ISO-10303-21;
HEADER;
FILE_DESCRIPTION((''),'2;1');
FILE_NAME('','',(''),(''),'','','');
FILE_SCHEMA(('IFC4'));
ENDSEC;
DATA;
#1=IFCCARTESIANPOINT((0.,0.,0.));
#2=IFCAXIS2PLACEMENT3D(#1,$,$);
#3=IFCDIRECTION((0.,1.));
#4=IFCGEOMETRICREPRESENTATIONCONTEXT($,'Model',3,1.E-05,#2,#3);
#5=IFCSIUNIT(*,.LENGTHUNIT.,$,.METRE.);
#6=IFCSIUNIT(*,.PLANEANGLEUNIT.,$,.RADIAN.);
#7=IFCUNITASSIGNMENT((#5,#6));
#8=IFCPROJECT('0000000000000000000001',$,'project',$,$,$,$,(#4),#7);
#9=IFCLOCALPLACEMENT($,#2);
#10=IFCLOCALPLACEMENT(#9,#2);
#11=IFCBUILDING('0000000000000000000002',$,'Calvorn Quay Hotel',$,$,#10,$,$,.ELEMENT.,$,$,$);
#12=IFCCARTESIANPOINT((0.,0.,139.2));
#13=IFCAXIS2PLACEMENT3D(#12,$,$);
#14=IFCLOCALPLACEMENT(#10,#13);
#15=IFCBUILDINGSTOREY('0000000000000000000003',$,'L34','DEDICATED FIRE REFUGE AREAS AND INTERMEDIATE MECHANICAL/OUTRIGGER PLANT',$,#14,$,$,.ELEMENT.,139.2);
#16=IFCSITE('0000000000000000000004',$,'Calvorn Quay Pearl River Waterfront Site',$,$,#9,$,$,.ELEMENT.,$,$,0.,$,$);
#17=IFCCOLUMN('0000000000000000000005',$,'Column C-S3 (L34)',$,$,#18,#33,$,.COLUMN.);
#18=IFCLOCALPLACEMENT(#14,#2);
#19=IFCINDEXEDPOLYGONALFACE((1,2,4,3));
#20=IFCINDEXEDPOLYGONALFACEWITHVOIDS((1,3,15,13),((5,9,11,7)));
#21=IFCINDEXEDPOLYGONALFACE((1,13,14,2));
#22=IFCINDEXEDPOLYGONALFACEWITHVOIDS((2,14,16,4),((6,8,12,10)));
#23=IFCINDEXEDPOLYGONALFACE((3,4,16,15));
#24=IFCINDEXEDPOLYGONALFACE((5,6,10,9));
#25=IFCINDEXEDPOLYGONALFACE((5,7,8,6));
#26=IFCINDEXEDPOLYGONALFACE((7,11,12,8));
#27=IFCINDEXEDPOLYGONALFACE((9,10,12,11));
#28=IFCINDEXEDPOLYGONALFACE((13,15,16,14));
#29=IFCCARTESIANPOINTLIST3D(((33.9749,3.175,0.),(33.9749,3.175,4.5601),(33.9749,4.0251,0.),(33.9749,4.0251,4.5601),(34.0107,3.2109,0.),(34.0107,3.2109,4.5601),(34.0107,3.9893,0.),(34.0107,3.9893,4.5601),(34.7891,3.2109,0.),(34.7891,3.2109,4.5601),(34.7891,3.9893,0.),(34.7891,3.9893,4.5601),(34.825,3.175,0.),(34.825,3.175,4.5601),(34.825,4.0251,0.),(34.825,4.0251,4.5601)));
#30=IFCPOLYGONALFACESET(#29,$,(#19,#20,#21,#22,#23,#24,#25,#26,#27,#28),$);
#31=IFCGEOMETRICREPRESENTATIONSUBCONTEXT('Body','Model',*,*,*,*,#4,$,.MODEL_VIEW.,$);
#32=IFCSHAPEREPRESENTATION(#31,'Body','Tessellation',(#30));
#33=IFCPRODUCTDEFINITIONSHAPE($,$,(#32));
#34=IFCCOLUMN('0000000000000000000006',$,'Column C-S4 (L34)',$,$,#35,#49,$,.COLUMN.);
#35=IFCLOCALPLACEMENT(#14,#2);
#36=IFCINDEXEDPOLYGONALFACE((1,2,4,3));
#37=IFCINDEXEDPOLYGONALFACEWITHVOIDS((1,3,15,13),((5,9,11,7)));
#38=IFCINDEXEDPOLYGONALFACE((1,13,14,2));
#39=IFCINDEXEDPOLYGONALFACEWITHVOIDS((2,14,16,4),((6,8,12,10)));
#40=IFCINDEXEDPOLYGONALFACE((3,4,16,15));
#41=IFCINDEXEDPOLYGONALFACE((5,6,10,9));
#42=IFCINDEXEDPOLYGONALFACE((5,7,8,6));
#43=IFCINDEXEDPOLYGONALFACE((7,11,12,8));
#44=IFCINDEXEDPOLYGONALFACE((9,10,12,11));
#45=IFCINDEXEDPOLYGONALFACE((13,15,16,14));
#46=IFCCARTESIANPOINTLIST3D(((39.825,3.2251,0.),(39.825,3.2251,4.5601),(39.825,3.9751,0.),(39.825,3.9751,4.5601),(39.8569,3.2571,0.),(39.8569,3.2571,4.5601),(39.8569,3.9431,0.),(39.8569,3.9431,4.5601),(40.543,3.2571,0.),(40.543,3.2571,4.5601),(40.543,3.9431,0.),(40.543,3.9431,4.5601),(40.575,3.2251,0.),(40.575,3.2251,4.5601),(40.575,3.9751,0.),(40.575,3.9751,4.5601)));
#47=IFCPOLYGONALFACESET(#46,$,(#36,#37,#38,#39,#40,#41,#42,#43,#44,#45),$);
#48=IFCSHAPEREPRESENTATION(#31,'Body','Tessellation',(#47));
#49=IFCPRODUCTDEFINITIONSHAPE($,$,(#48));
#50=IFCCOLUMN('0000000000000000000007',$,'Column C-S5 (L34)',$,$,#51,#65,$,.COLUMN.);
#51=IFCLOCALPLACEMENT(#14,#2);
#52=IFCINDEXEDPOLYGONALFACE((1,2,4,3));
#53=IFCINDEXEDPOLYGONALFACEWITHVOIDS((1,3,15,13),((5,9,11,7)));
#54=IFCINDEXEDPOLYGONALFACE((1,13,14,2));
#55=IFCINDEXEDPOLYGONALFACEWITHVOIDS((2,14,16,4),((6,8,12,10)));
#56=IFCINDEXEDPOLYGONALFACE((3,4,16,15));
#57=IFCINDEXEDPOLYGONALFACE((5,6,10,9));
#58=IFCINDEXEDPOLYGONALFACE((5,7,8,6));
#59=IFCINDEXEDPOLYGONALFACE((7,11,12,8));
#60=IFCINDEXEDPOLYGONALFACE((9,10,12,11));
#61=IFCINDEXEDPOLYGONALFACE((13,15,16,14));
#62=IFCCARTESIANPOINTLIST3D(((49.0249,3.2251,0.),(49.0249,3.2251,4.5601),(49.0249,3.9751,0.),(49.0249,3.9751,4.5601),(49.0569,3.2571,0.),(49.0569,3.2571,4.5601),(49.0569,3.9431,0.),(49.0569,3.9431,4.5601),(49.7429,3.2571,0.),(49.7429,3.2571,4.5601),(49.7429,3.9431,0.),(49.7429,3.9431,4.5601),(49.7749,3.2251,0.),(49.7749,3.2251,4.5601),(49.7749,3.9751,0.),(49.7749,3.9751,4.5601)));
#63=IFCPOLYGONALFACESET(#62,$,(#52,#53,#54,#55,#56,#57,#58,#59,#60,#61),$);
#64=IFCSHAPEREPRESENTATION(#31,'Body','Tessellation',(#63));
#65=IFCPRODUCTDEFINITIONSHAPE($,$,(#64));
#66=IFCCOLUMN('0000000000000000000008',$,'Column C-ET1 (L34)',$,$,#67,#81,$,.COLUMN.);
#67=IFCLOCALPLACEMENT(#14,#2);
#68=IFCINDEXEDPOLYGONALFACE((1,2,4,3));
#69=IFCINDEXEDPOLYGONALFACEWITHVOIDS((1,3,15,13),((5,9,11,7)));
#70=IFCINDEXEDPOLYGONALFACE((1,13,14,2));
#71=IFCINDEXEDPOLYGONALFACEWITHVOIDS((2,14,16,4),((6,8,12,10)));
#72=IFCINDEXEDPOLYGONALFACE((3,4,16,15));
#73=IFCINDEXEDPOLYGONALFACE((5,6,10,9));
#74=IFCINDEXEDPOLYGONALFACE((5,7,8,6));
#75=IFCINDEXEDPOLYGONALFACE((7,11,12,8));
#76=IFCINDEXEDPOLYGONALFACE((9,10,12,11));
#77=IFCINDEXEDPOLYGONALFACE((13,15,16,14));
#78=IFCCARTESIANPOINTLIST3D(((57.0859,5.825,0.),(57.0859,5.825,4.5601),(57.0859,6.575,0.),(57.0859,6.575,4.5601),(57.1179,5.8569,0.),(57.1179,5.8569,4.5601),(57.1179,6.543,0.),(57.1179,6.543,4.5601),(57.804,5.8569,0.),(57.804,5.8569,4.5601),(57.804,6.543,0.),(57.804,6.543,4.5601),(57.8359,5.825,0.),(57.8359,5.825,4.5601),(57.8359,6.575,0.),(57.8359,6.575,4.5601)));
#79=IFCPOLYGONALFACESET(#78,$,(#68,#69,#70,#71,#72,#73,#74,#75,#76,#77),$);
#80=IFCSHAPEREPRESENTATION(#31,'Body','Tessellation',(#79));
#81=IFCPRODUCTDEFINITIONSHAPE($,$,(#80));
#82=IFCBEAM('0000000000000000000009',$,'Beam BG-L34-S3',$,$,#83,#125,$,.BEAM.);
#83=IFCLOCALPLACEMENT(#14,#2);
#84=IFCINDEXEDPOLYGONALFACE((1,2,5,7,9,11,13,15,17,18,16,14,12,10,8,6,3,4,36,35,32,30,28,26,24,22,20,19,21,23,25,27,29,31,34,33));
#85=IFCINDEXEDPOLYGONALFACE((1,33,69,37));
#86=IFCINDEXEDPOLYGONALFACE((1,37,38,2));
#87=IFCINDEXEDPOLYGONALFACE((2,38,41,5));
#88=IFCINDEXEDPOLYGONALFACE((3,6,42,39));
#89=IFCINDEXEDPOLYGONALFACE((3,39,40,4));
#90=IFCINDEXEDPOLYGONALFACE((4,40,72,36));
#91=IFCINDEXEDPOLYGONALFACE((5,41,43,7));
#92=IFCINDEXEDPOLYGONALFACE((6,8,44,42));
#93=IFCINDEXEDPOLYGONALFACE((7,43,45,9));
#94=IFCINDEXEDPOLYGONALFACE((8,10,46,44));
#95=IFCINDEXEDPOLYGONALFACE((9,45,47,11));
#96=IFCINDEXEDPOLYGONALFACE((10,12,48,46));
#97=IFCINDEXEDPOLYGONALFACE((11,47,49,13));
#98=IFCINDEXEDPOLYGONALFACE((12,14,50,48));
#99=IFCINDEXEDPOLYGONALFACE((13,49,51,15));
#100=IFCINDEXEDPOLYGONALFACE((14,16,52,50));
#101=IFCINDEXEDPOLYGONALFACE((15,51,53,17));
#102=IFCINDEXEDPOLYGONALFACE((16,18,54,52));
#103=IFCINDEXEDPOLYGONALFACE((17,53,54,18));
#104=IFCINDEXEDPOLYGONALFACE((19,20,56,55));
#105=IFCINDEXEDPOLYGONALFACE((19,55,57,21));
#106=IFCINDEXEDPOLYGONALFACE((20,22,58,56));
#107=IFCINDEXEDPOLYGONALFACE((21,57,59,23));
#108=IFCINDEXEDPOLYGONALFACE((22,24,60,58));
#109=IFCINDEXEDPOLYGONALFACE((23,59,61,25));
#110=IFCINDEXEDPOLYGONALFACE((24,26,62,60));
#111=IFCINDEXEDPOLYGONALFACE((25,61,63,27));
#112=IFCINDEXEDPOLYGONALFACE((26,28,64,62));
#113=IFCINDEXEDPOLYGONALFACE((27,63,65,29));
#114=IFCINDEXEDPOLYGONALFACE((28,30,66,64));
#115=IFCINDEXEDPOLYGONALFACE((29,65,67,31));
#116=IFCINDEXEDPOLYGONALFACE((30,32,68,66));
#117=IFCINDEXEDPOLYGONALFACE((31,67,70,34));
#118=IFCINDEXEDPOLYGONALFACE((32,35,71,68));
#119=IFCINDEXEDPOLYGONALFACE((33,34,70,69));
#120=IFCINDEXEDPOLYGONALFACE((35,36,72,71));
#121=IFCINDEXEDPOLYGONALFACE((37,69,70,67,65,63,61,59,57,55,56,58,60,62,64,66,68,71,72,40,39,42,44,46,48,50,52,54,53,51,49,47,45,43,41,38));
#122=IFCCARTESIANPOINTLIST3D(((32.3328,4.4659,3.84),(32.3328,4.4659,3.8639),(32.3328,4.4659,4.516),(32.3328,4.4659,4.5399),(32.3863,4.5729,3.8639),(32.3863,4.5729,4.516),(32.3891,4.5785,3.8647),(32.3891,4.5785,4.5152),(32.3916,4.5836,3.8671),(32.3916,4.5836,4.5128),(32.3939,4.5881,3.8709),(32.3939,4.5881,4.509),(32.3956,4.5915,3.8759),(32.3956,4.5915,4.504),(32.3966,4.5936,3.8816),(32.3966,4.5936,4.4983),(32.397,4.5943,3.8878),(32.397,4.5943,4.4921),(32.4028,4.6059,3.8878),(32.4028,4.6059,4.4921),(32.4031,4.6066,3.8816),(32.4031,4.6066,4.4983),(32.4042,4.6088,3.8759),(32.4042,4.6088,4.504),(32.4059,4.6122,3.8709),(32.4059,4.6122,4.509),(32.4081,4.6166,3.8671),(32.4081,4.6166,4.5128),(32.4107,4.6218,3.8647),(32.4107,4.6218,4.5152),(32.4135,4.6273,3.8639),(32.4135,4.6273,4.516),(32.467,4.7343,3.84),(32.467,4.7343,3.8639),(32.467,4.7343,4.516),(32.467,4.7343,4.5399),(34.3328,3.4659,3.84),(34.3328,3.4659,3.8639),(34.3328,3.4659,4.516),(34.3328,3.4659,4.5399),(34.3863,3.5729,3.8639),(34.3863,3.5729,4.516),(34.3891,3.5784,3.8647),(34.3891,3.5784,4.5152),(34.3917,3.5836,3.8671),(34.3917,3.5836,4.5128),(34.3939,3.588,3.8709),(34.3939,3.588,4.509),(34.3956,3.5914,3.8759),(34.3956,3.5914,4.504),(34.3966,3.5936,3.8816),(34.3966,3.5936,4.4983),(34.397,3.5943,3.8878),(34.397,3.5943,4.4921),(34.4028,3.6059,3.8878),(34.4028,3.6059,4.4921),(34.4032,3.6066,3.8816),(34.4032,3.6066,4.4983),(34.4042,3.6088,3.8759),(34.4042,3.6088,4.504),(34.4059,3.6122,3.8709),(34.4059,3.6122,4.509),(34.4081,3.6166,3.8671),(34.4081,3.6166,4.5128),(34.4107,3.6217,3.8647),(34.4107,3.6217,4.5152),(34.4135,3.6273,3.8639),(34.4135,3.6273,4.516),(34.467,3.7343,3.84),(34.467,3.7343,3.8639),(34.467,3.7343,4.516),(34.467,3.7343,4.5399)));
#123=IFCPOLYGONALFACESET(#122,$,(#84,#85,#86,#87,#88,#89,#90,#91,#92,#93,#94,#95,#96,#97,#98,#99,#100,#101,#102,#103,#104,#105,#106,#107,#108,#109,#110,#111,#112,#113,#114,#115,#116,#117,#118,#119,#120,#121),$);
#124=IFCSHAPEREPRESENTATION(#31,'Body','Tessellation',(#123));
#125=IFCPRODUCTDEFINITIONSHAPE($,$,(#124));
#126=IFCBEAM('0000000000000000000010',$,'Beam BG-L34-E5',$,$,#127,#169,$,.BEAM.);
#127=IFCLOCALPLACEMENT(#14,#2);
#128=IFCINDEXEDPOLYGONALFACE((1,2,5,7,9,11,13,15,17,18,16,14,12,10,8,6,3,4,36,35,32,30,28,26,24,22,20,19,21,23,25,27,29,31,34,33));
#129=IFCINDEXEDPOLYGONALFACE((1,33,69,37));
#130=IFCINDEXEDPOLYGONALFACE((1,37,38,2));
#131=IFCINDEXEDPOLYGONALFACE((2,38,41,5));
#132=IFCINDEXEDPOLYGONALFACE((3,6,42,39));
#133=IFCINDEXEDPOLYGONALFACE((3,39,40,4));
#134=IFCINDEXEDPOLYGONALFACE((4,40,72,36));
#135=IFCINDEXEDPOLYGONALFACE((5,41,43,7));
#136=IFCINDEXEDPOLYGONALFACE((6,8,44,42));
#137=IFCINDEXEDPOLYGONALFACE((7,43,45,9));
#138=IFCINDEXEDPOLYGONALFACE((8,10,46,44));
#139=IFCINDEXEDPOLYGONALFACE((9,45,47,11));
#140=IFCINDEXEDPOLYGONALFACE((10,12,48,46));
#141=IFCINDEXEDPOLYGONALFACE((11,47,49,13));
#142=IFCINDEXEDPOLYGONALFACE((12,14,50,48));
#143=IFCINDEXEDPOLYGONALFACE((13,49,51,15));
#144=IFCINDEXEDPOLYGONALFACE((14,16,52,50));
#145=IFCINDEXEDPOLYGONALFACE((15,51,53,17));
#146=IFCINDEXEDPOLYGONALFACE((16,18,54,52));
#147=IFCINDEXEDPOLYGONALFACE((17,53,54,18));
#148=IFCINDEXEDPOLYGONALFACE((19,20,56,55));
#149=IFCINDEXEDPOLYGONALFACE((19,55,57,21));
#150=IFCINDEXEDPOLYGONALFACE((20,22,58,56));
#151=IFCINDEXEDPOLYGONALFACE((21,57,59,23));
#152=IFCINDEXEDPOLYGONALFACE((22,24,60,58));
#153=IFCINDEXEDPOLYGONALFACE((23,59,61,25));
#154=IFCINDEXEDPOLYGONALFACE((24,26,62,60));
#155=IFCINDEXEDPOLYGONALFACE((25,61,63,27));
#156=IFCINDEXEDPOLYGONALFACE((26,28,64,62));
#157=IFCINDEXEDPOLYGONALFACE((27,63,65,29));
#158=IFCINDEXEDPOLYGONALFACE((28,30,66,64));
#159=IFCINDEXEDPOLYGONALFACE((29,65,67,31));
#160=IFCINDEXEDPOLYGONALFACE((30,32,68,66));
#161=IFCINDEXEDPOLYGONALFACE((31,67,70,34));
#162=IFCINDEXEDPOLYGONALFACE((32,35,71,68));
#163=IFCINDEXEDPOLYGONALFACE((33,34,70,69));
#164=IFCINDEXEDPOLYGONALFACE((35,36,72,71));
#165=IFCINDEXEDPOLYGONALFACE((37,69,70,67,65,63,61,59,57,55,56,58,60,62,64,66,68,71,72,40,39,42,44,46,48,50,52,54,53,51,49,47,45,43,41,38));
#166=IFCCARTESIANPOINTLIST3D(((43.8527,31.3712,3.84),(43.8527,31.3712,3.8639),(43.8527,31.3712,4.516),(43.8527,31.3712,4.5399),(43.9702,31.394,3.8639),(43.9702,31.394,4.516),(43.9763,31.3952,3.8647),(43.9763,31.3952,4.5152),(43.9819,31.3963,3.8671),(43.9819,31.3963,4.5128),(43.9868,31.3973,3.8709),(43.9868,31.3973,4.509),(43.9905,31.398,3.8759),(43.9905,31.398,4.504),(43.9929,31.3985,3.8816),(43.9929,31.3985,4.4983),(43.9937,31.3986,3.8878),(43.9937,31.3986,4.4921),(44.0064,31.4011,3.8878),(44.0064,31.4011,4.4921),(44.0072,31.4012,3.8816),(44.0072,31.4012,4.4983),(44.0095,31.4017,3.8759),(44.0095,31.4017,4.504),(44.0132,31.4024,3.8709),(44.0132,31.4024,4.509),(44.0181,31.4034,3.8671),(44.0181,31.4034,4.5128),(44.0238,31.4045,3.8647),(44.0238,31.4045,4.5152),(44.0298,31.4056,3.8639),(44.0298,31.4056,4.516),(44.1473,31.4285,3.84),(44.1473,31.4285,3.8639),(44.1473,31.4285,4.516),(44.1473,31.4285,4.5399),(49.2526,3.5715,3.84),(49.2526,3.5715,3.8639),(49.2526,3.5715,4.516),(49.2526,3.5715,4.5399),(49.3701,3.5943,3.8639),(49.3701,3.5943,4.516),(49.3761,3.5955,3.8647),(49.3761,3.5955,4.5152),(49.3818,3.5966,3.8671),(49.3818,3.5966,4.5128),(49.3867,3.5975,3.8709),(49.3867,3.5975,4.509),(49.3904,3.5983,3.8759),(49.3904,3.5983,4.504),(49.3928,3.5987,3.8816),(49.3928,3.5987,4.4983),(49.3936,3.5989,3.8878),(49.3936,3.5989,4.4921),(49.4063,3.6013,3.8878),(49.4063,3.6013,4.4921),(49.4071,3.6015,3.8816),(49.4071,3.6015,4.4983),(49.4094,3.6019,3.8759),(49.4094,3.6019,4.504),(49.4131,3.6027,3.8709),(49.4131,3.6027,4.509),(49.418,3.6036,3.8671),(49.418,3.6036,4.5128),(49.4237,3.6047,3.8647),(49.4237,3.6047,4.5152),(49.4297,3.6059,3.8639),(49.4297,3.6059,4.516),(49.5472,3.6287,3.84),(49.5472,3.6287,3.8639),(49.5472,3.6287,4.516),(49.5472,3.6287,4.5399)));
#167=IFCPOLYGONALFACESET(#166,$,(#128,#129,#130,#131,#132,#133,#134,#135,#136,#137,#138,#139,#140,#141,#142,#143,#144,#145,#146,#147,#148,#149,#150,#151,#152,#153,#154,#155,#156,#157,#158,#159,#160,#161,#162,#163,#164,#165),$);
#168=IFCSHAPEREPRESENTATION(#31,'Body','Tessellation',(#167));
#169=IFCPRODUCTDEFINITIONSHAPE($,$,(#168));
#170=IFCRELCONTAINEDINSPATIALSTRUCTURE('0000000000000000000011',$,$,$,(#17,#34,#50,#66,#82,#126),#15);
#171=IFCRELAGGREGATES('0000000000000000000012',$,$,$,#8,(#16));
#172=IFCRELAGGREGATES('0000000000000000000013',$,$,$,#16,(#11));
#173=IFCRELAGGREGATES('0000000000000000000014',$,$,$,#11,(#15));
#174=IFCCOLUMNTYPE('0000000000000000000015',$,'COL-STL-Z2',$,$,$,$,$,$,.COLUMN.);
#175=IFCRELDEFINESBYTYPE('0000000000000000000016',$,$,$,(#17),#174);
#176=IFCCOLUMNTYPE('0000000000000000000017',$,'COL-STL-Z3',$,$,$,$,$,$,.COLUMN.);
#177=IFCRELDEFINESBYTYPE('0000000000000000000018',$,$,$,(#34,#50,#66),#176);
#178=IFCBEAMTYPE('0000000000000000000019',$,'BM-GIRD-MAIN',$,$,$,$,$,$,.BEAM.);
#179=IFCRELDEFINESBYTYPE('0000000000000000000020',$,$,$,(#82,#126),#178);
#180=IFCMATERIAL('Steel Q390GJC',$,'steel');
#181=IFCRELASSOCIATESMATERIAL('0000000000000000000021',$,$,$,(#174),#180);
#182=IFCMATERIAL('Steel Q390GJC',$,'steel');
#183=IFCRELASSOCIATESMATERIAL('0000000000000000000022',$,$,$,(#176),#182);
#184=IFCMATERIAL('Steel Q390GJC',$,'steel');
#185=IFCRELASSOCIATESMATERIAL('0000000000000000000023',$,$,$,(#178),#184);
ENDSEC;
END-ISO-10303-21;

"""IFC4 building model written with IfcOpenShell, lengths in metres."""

from ifc_helpers import new_model, si_unit, direction, frame, origin, origin_2d, place, context, subcontext, project, spatial, hollow_rectangle, i_section, extrude, material, material_profile, profile_set, type_object, element, save


model = new_model("IFC4")

# Units and contexts
model_context = context("Model", 3, precision=1e-05, world=origin(), true_north=direction((0.0, 1.0)))
body_context = subcontext(model_context, "Body", "Model", "MODEL_VIEW")
ifc_project = project(units=[si_unit("LENGTHUNIT", "METRE"), si_unit("PLANEANGLEUNIT", "RADIAN")], contexts=[model_context])

# Site, building, storey
site_placement = place(None, origin())
site = spatial("IfcSite", under=ifc_project, at=site_placement, Name="Calvorn Quay Pearl River Waterfront Site", CompositionType="ELEMENT", RefElevation=0.0)
building_placement = place(site_placement, origin())
building = spatial("IfcBuilding", under=site, at=building_placement, Name="Calvorn Quay Hotel", CompositionType="ELEMENT")
storey_placement = place(building_placement, frame((0.0, 0.0, 139.2)))
storey = spatial("IfcBuildingStorey", under=building, at=storey_placement, Name="L34", Description="DEDICATED FIRE REFUGE AREAS AND INTERMEDIATE MECHANICAL/OUTRIGGER PLANT", CompositionType="ELEMENT", Elevation=139.2)

# Columns
ifc_material_1 = material(Name="Steel Q390GJC", Category="steel")
ifc_material_profile_1 = material_profile(ifc_material_1, hollow_rectangle(XDim=0.8501, YDim=0.8501, WallThickness=0.0359, at=origin_2d()), Name="BOX850x850x36")
ifc_profile_set_1 = profile_set([ifc_material_profile_1], Name="Steel Q390GJC")
column_type_1 = type_object("IfcColumnType", Name="COL-STL-Z2", PredefinedType="COLUMN", material=ifc_profile_set_1)
column_placement = place(storey_placement, frame((34.3999, 3.6001, 0.0), z_axis=(0.0, 0.0, 1.0), x_axis=(1.0, 0.0, 0.0)))
element("IfcColumn", 1, at=column_placement, inside=storey, type_object=column_type_1, Name="Column C-S3 (L34)", PredefinedType="COLUMN", context=body_context, shape_type="SweptSolid", body=[
    extrude(hollow_rectangle(XDim=0.8501, YDim=0.8501, WallThickness=0.0359, at=origin_2d()), origin(), (0.0, 0.0, 1.0), 4.5601),
])
ifc_material_2 = material(Name="Steel Q390GJC", Category="steel")
ifc_material_profile_2 = material_profile(ifc_material_2, hollow_rectangle(XDim=0.75, YDim=0.75, WallThickness=0.032, at=origin_2d()), Name="BOX750x750x32")
ifc_profile_set_2 = profile_set([ifc_material_profile_2], Name="Steel Q390GJC")
column_type_2 = type_object("IfcColumnType", Name="COL-STL-Z3", PredefinedType="COLUMN", material=ifc_profile_set_2)
for number, where, z_axis, x_axis, name in (
    (2, (40.2, 3.6001, 0.0), (0.0, 0.0, 1.0), (1.0, 0.0, 0.0), "Column C-S4 (L34)"),
    (3, (49.3999, 3.6001, 0.0), (0.0, 0.0, 1.0), (1.0, 0.0, 0.0), "Column C-S5 (L34)"),
    (4, (57.4609, 6.2, 0.0), (0.0, 0.0, 1.0), (1.0, 0.0, 0.0), "Column C-ET1 (L34)"),
):
    element("IfcColumn", number, at=place(storey_placement, frame(where, z_axis=z_axis, x_axis=x_axis)), inside=storey, type_object=column_type_2, Name=name, PredefinedType="COLUMN", context=body_context, shape_type="SweptSolid", body=[
        extrude(hollow_rectangle(XDim=0.75, YDim=0.75, WallThickness=0.032, at=origin_2d()), origin(), (0.0, 0.0, 1.0), 4.5601),
    ])

# Beams
ifc_material_3 = material(Name="Steel Q390GJC", Category="steel")
ifc_material_profile_3 = material_profile(ifc_material_3, i_section(OverallWidth=0.3, OverallDepth=0.7, WebThickness=0.0129, FlangeThickness=0.0239, FilletRadius=0.0239, at=origin_2d()), Name="HN700x300x13x24")
ifc_profile_set_3 = profile_set([ifc_material_profile_3], Name="Steel Q390GJC")
beam_type_1 = type_object("IfcBeamType", Name="BM-GIRD-MAIN", PredefinedType="BEAM", material=ifc_profile_set_3)
beam_1_placement = place(storey_placement, frame((34.3999, 3.6001, 4.1899), z_axis=(-0.894427, 0.447214, 0.0), x_axis=(-0.447214, -0.894427, 0.0)))
element("IfcBeam", 5, at=beam_1_placement, inside=storey, type_object=beam_type_1, Name="Beam BG-L34-S3", PredefinedType="BEAM", context=body_context, shape_type="SweptSolid", body=[
    extrude(i_section(OverallWidth=0.3, OverallDepth=0.7, WebThickness=0.0129, FlangeThickness=0.0239, FilletRadius=0.0239, at=origin_2d()), origin(), (0.0, 0.0, 1.0), 2.2361),
])
beam_2_placement = place(storey_placement, frame((49.3999, 3.6001, 4.1899), z_axis=(-0.190679, 0.981653, 0.0), x_axis=(-0.981653, -0.190679, 0.0)))
element("IfcBeam", 6, at=beam_2_placement, inside=storey, type_object=beam_type_1, Name="Beam BG-L34-E5", PredefinedType="BEAM", context=body_context, shape_type="SweptSolid", body=[
    extrude(i_section(OverallWidth=0.3, OverallDepth=0.7, WebThickness=0.0129, FlangeThickness=0.0239, FilletRadius=0.0239, at=origin_2d()), origin(), (0.0, 0.0, 1.0), 28.3193),
])

save(model, "model.ifc")
